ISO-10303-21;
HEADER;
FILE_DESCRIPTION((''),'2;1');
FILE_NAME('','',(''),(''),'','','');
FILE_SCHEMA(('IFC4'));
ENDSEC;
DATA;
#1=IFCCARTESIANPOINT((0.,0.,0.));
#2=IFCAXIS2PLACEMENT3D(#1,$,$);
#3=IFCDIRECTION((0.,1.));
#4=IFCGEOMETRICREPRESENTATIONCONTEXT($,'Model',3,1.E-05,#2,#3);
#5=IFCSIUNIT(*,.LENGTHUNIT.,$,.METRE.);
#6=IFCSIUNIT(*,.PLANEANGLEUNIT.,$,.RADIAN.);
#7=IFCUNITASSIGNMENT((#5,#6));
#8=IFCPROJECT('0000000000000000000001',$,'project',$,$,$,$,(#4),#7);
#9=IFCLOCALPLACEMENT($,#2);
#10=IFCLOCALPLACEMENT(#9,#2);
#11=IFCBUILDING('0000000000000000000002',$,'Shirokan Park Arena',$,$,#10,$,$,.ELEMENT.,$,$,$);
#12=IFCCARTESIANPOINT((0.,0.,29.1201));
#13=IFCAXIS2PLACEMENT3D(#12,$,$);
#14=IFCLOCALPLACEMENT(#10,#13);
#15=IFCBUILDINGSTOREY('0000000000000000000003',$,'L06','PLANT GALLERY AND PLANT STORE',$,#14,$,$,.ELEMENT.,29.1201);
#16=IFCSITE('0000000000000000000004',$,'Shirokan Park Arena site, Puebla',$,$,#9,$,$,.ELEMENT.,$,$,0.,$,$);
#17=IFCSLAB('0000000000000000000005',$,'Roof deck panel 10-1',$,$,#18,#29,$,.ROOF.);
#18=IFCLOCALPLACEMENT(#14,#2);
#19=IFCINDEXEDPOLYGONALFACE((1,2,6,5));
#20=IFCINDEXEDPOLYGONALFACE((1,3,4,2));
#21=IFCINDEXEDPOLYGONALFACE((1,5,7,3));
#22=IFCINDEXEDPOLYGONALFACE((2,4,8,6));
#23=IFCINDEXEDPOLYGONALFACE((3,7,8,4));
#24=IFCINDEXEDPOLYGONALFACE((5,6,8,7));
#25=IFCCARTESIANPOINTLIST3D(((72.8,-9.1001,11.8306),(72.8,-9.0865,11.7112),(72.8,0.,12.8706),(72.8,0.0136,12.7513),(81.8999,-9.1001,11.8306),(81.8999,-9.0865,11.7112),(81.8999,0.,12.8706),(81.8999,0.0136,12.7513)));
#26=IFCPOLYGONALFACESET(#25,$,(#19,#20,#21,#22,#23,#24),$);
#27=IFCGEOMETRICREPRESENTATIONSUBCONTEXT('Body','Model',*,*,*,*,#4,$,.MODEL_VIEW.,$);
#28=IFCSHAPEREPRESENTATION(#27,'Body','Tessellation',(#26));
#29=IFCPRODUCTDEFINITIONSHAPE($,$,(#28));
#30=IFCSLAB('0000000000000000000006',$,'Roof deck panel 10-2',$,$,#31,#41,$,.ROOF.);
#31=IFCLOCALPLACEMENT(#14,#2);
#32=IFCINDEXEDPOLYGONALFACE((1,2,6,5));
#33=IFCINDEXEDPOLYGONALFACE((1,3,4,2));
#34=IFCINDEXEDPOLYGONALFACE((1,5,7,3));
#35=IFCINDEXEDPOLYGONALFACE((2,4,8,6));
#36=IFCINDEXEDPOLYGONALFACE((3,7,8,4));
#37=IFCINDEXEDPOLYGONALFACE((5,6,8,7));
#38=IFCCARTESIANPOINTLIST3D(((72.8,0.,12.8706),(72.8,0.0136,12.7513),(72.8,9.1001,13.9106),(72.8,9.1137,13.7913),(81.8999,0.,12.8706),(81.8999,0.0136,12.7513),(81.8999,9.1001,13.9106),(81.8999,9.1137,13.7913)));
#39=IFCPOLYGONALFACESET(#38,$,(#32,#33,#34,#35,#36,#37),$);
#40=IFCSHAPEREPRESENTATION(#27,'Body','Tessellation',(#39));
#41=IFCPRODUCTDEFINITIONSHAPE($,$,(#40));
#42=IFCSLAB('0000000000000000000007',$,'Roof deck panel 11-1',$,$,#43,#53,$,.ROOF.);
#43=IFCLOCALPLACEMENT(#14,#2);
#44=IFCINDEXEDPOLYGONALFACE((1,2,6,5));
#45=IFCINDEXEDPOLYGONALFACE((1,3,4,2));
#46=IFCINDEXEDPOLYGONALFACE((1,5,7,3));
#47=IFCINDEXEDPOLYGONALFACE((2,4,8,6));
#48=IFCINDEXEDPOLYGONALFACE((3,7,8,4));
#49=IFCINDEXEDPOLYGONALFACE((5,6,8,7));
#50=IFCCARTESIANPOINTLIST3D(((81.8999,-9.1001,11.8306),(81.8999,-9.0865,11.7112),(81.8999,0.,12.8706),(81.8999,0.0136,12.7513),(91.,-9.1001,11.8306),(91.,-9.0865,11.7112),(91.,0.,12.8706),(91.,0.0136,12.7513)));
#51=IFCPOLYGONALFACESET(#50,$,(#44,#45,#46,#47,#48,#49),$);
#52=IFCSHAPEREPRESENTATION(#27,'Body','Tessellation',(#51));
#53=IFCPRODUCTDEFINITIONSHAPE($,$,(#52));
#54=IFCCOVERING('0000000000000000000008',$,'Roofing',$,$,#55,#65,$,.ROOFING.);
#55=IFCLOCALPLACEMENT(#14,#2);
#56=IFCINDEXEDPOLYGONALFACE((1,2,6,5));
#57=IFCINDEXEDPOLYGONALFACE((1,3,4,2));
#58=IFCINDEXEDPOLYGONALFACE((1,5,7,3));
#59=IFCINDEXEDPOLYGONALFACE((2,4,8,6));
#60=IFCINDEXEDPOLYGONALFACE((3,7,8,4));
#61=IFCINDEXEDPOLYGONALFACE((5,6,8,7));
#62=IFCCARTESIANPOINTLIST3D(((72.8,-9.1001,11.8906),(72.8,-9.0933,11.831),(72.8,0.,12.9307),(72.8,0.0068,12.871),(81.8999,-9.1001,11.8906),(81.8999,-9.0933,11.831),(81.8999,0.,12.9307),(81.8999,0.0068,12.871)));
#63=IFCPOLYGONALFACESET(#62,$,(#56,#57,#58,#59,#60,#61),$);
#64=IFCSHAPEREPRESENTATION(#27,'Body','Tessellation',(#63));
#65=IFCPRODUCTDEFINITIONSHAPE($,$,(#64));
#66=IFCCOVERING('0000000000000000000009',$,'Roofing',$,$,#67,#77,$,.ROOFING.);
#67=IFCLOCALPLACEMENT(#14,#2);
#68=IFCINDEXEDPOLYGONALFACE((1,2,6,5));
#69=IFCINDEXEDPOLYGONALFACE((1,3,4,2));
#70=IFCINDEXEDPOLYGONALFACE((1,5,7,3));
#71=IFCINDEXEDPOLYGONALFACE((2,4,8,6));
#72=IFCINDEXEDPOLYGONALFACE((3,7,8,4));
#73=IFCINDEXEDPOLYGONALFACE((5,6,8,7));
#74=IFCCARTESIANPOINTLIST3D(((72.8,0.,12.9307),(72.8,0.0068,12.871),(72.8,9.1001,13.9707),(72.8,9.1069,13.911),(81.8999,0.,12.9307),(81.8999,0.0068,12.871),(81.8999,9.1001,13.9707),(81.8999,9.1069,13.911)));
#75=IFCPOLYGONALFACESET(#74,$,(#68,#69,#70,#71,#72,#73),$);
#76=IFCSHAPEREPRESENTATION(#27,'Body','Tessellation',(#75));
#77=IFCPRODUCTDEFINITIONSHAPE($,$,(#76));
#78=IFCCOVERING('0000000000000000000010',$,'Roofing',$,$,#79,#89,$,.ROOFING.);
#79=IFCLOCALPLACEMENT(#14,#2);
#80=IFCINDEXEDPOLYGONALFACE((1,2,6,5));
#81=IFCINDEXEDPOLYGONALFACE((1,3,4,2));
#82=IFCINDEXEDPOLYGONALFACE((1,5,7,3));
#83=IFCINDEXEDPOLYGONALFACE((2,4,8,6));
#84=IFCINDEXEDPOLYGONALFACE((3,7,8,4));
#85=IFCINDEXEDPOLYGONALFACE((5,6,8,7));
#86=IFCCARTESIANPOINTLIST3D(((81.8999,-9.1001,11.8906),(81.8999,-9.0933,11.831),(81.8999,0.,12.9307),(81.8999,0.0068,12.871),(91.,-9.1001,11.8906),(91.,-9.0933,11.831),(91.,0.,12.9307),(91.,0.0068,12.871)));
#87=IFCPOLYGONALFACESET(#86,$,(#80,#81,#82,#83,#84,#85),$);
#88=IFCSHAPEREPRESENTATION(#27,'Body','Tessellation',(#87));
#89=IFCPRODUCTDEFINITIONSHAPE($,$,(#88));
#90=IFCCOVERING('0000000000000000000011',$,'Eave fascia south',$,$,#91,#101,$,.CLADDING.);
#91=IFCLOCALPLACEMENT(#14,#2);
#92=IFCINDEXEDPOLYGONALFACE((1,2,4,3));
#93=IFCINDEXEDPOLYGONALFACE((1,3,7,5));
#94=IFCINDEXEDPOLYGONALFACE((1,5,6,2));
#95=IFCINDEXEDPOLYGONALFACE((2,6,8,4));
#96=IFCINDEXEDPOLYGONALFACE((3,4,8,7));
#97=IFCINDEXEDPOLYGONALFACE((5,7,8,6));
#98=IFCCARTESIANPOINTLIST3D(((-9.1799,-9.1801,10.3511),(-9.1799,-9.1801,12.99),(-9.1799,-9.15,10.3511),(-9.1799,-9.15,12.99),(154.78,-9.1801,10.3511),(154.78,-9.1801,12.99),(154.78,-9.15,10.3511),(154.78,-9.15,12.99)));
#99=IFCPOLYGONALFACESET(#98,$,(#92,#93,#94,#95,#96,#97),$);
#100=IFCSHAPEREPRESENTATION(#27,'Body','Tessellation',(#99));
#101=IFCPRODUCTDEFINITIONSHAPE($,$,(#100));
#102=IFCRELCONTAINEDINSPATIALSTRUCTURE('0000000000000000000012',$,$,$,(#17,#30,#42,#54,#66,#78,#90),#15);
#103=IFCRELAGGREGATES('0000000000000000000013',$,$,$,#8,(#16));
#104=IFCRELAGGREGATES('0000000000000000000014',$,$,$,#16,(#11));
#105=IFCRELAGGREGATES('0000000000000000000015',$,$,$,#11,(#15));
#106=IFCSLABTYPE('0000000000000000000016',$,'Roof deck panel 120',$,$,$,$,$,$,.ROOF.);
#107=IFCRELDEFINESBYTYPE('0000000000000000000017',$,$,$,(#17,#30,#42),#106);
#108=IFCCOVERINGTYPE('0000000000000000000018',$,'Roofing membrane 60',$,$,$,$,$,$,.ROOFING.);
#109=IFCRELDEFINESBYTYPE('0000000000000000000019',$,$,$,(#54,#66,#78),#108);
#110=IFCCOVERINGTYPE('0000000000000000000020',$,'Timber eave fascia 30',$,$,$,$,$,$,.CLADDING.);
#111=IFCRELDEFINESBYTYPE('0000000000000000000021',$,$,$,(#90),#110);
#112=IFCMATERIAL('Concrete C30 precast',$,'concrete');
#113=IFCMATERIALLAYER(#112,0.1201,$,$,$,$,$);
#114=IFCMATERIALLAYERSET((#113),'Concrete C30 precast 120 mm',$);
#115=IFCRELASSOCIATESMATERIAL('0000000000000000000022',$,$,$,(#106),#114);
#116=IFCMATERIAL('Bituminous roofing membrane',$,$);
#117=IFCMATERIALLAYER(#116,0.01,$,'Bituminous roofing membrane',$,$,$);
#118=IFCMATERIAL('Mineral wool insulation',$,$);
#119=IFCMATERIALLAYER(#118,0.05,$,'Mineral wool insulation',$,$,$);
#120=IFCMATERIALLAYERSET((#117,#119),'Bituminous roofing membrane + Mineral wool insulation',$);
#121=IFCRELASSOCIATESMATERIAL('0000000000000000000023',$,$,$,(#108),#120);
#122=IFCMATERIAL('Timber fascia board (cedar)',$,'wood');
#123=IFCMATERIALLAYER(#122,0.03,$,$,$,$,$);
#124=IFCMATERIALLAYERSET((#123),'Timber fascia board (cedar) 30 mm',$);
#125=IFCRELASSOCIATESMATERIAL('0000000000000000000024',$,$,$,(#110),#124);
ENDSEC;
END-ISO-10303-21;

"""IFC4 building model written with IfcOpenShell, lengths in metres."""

from ifc_helpers import new_model, si_unit, direction, frame, origin, origin_2d, place, context, subcontext, project, spatial, polyline, rectangle, outline, extrude, material, layer, layer_set, type_object, element, save


model = new_model("IFC4")

# Units and contexts
model_context = context("Model", 3, precision=1e-05, world=origin(), true_north=direction((0.0, 1.0)))
body_context = subcontext(model_context, "Body", "Model", "MODEL_VIEW")
ifc_project = project(units=[si_unit("LENGTHUNIT", "METRE"), si_unit("PLANEANGLEUNIT", "RADIAN")], contexts=[model_context])

# Site, building, storey
site_placement = place(None, origin())
site = spatial("IfcSite", under=ifc_project, at=site_placement, Name="Shirokan Park Arena site, Puebla", CompositionType="ELEMENT", RefElevation=0.0)
building_placement = place(site_placement, origin())
building = spatial("IfcBuilding", under=site, at=building_placement, Name="Shirokan Park Arena", CompositionType="ELEMENT")
storey_placement = place(building_placement, frame((0.0, 0.0, 29.1201)))
storey = spatial("IfcBuildingStorey", under=building, at=storey_placement, Name="L06", Description="PLANT GALLERY AND PLANT STORE", CompositionType="ELEMENT", Elevation=29.1201)

# Slabs
ifc_material_1 = material(Name="Concrete C30 precast", Category="concrete")
ifc_layer_1 = layer(ifc_material_1, 0.1201)
ifc_layer_set_1 = layer_set([ifc_layer_1], Name="Concrete C30 precast 120 mm")
slab_type = type_object("IfcSlabType", Name="Roof deck panel 120", PredefinedType="ROOF", material=ifc_layer_set_1)
for number, where, z_axis, x_axis, name in (
    (1, (72.8, -9.1001, 11.8306), (0.0, -0.11355, 0.993532), (1.0, 0.0, 0.0), "Roof deck panel 10-1"),
    (2, (72.8, 0.0, 12.8706), (0.0, -0.11355, 0.993532), (1.0, 0.0, 0.0), "Roof deck panel 10-2"),
):
    element("IfcSlab", number, at=place(storey_placement, frame(where, z_axis=z_axis, x_axis=x_axis)), inside=storey, type_object=slab_type, Name=name, PredefinedType="ROOF", context=body_context, shape_type="SweptSolid", body=[
        extrude(outline(polyline([(0.0, 0.0), (9.0999, 0.0), (9.0999, 9.1593), (0.0, 9.1593), (0.0, 0.0)])), origin(), (0.0, 0.0, -1.0), 0.1201),
    ])
slab_placement = place(storey_placement, frame((81.8999, -9.1001, 11.8306), z_axis=(0.0, -0.11355, 0.993532), x_axis=(1.0, 0.0, 0.0)))
element("IfcSlab", 3, at=slab_placement, inside=storey, type_object=slab_type, Name="Roof deck panel 11-1", PredefinedType="ROOF", context=body_context, shape_type="SweptSolid", body=[
    extrude(outline(polyline([(0.0, 0.0), (9.1001, 0.0), (9.1001, 9.1593), (0.0, 9.1593), (0.0, 0.0)])), origin(), (0.0, 0.0, -1.0), 0.1201),
])

# Coverings
ifc_material_2 = material(Name="Bituminous roofing membrane")
ifc_layer_2 = layer(ifc_material_2, 0.01, Name="Bituminous roofing membrane")
ifc_material_3 = material(Name="Mineral wool insulation")
ifc_layer_3 = layer(ifc_material_3, 0.05, Name="Mineral wool insulation")
ifc_layer_set_2 = layer_set([ifc_layer_2, ifc_layer_3], Name="Bituminous roofing membrane + Mineral wool insulation")
covering_type_1 = type_object("IfcCoveringType", Name="Roofing membrane 60", PredefinedType="ROOFING", material=ifc_layer_set_2)
for number, where, z_axis, x_axis, name in (
    (4, (72.8, -9.1001, 11.8906), (0.0, -0.11355, 0.993532), (1.0, 0.0, 0.0), "Roofing"),
    (5, (72.8, 0.0, 12.9307), (0.0, -0.11355, 0.993532), (1.0, 0.0, 0.0), "Roofing"),
):
    element("IfcCovering", number, at=place(storey_placement, frame(where, z_axis=z_axis, x_axis=x_axis)), inside=storey, type_object=covering_type_1, Name=name, PredefinedType="ROOFING", context=body_context, shape_type="SweptSolid", body=[
        extrude(outline(polyline([(0.0, 0.0), (9.0999, 0.0), (9.0999, 9.1593), (0.0, 9.1593), (0.0, 0.0)])), origin(), (0.0, 0.0, -1.0), 0.0601),
    ])
covering_1_placement = place(storey_placement, frame((81.8999, -9.1001, 11.8906), z_axis=(0.0, -0.11355, 0.993532), x_axis=(1.0, 0.0, 0.0)))
element("IfcCovering", 6, at=covering_1_placement, inside=storey, type_object=covering_type_1, Name="Roofing", PredefinedType="ROOFING", context=body_context, shape_type="SweptSolid", body=[
    extrude(outline(polyline([(0.0, 0.0), (9.1001, 0.0), (9.1001, 9.1593), (0.0, 9.1593), (0.0, 0.0)])), origin(), (0.0, 0.0, -1.0), 0.0601),
])
ifc_material_4 = material(Name="Timber fascia board (cedar)", Category="wood")
ifc_layer_4 = layer(ifc_material_4, 0.03)
ifc_layer_set_3 = layer_set([ifc_layer_4], Name="Timber fascia board (cedar) 30 mm")
covering_type_2 = type_object("IfcCoveringType", Name="Timber eave fascia 30", PredefinedType="CLADDING", material=ifc_layer_set_3)
covering_2_placement = place(storey_placement, frame((72.8, -9.165, 10.3511), z_axis=(0.0, 0.0, 1.0), x_axis=(1.0, 0.0, 0.0)))
element("IfcCovering", 7, at=covering_2_placement, inside=storey, type_object=covering_type_2, Name="Eave fascia south", PredefinedType="CLADDING", context=body_context, shape_type="SweptSolid", body=[
    extrude(rectangle(XDim=163.96, YDim=0.03, at=origin_2d()), origin(), (0.0, 0.0, 1.0), 2.6389),
])

save(model, "model.ifc")
